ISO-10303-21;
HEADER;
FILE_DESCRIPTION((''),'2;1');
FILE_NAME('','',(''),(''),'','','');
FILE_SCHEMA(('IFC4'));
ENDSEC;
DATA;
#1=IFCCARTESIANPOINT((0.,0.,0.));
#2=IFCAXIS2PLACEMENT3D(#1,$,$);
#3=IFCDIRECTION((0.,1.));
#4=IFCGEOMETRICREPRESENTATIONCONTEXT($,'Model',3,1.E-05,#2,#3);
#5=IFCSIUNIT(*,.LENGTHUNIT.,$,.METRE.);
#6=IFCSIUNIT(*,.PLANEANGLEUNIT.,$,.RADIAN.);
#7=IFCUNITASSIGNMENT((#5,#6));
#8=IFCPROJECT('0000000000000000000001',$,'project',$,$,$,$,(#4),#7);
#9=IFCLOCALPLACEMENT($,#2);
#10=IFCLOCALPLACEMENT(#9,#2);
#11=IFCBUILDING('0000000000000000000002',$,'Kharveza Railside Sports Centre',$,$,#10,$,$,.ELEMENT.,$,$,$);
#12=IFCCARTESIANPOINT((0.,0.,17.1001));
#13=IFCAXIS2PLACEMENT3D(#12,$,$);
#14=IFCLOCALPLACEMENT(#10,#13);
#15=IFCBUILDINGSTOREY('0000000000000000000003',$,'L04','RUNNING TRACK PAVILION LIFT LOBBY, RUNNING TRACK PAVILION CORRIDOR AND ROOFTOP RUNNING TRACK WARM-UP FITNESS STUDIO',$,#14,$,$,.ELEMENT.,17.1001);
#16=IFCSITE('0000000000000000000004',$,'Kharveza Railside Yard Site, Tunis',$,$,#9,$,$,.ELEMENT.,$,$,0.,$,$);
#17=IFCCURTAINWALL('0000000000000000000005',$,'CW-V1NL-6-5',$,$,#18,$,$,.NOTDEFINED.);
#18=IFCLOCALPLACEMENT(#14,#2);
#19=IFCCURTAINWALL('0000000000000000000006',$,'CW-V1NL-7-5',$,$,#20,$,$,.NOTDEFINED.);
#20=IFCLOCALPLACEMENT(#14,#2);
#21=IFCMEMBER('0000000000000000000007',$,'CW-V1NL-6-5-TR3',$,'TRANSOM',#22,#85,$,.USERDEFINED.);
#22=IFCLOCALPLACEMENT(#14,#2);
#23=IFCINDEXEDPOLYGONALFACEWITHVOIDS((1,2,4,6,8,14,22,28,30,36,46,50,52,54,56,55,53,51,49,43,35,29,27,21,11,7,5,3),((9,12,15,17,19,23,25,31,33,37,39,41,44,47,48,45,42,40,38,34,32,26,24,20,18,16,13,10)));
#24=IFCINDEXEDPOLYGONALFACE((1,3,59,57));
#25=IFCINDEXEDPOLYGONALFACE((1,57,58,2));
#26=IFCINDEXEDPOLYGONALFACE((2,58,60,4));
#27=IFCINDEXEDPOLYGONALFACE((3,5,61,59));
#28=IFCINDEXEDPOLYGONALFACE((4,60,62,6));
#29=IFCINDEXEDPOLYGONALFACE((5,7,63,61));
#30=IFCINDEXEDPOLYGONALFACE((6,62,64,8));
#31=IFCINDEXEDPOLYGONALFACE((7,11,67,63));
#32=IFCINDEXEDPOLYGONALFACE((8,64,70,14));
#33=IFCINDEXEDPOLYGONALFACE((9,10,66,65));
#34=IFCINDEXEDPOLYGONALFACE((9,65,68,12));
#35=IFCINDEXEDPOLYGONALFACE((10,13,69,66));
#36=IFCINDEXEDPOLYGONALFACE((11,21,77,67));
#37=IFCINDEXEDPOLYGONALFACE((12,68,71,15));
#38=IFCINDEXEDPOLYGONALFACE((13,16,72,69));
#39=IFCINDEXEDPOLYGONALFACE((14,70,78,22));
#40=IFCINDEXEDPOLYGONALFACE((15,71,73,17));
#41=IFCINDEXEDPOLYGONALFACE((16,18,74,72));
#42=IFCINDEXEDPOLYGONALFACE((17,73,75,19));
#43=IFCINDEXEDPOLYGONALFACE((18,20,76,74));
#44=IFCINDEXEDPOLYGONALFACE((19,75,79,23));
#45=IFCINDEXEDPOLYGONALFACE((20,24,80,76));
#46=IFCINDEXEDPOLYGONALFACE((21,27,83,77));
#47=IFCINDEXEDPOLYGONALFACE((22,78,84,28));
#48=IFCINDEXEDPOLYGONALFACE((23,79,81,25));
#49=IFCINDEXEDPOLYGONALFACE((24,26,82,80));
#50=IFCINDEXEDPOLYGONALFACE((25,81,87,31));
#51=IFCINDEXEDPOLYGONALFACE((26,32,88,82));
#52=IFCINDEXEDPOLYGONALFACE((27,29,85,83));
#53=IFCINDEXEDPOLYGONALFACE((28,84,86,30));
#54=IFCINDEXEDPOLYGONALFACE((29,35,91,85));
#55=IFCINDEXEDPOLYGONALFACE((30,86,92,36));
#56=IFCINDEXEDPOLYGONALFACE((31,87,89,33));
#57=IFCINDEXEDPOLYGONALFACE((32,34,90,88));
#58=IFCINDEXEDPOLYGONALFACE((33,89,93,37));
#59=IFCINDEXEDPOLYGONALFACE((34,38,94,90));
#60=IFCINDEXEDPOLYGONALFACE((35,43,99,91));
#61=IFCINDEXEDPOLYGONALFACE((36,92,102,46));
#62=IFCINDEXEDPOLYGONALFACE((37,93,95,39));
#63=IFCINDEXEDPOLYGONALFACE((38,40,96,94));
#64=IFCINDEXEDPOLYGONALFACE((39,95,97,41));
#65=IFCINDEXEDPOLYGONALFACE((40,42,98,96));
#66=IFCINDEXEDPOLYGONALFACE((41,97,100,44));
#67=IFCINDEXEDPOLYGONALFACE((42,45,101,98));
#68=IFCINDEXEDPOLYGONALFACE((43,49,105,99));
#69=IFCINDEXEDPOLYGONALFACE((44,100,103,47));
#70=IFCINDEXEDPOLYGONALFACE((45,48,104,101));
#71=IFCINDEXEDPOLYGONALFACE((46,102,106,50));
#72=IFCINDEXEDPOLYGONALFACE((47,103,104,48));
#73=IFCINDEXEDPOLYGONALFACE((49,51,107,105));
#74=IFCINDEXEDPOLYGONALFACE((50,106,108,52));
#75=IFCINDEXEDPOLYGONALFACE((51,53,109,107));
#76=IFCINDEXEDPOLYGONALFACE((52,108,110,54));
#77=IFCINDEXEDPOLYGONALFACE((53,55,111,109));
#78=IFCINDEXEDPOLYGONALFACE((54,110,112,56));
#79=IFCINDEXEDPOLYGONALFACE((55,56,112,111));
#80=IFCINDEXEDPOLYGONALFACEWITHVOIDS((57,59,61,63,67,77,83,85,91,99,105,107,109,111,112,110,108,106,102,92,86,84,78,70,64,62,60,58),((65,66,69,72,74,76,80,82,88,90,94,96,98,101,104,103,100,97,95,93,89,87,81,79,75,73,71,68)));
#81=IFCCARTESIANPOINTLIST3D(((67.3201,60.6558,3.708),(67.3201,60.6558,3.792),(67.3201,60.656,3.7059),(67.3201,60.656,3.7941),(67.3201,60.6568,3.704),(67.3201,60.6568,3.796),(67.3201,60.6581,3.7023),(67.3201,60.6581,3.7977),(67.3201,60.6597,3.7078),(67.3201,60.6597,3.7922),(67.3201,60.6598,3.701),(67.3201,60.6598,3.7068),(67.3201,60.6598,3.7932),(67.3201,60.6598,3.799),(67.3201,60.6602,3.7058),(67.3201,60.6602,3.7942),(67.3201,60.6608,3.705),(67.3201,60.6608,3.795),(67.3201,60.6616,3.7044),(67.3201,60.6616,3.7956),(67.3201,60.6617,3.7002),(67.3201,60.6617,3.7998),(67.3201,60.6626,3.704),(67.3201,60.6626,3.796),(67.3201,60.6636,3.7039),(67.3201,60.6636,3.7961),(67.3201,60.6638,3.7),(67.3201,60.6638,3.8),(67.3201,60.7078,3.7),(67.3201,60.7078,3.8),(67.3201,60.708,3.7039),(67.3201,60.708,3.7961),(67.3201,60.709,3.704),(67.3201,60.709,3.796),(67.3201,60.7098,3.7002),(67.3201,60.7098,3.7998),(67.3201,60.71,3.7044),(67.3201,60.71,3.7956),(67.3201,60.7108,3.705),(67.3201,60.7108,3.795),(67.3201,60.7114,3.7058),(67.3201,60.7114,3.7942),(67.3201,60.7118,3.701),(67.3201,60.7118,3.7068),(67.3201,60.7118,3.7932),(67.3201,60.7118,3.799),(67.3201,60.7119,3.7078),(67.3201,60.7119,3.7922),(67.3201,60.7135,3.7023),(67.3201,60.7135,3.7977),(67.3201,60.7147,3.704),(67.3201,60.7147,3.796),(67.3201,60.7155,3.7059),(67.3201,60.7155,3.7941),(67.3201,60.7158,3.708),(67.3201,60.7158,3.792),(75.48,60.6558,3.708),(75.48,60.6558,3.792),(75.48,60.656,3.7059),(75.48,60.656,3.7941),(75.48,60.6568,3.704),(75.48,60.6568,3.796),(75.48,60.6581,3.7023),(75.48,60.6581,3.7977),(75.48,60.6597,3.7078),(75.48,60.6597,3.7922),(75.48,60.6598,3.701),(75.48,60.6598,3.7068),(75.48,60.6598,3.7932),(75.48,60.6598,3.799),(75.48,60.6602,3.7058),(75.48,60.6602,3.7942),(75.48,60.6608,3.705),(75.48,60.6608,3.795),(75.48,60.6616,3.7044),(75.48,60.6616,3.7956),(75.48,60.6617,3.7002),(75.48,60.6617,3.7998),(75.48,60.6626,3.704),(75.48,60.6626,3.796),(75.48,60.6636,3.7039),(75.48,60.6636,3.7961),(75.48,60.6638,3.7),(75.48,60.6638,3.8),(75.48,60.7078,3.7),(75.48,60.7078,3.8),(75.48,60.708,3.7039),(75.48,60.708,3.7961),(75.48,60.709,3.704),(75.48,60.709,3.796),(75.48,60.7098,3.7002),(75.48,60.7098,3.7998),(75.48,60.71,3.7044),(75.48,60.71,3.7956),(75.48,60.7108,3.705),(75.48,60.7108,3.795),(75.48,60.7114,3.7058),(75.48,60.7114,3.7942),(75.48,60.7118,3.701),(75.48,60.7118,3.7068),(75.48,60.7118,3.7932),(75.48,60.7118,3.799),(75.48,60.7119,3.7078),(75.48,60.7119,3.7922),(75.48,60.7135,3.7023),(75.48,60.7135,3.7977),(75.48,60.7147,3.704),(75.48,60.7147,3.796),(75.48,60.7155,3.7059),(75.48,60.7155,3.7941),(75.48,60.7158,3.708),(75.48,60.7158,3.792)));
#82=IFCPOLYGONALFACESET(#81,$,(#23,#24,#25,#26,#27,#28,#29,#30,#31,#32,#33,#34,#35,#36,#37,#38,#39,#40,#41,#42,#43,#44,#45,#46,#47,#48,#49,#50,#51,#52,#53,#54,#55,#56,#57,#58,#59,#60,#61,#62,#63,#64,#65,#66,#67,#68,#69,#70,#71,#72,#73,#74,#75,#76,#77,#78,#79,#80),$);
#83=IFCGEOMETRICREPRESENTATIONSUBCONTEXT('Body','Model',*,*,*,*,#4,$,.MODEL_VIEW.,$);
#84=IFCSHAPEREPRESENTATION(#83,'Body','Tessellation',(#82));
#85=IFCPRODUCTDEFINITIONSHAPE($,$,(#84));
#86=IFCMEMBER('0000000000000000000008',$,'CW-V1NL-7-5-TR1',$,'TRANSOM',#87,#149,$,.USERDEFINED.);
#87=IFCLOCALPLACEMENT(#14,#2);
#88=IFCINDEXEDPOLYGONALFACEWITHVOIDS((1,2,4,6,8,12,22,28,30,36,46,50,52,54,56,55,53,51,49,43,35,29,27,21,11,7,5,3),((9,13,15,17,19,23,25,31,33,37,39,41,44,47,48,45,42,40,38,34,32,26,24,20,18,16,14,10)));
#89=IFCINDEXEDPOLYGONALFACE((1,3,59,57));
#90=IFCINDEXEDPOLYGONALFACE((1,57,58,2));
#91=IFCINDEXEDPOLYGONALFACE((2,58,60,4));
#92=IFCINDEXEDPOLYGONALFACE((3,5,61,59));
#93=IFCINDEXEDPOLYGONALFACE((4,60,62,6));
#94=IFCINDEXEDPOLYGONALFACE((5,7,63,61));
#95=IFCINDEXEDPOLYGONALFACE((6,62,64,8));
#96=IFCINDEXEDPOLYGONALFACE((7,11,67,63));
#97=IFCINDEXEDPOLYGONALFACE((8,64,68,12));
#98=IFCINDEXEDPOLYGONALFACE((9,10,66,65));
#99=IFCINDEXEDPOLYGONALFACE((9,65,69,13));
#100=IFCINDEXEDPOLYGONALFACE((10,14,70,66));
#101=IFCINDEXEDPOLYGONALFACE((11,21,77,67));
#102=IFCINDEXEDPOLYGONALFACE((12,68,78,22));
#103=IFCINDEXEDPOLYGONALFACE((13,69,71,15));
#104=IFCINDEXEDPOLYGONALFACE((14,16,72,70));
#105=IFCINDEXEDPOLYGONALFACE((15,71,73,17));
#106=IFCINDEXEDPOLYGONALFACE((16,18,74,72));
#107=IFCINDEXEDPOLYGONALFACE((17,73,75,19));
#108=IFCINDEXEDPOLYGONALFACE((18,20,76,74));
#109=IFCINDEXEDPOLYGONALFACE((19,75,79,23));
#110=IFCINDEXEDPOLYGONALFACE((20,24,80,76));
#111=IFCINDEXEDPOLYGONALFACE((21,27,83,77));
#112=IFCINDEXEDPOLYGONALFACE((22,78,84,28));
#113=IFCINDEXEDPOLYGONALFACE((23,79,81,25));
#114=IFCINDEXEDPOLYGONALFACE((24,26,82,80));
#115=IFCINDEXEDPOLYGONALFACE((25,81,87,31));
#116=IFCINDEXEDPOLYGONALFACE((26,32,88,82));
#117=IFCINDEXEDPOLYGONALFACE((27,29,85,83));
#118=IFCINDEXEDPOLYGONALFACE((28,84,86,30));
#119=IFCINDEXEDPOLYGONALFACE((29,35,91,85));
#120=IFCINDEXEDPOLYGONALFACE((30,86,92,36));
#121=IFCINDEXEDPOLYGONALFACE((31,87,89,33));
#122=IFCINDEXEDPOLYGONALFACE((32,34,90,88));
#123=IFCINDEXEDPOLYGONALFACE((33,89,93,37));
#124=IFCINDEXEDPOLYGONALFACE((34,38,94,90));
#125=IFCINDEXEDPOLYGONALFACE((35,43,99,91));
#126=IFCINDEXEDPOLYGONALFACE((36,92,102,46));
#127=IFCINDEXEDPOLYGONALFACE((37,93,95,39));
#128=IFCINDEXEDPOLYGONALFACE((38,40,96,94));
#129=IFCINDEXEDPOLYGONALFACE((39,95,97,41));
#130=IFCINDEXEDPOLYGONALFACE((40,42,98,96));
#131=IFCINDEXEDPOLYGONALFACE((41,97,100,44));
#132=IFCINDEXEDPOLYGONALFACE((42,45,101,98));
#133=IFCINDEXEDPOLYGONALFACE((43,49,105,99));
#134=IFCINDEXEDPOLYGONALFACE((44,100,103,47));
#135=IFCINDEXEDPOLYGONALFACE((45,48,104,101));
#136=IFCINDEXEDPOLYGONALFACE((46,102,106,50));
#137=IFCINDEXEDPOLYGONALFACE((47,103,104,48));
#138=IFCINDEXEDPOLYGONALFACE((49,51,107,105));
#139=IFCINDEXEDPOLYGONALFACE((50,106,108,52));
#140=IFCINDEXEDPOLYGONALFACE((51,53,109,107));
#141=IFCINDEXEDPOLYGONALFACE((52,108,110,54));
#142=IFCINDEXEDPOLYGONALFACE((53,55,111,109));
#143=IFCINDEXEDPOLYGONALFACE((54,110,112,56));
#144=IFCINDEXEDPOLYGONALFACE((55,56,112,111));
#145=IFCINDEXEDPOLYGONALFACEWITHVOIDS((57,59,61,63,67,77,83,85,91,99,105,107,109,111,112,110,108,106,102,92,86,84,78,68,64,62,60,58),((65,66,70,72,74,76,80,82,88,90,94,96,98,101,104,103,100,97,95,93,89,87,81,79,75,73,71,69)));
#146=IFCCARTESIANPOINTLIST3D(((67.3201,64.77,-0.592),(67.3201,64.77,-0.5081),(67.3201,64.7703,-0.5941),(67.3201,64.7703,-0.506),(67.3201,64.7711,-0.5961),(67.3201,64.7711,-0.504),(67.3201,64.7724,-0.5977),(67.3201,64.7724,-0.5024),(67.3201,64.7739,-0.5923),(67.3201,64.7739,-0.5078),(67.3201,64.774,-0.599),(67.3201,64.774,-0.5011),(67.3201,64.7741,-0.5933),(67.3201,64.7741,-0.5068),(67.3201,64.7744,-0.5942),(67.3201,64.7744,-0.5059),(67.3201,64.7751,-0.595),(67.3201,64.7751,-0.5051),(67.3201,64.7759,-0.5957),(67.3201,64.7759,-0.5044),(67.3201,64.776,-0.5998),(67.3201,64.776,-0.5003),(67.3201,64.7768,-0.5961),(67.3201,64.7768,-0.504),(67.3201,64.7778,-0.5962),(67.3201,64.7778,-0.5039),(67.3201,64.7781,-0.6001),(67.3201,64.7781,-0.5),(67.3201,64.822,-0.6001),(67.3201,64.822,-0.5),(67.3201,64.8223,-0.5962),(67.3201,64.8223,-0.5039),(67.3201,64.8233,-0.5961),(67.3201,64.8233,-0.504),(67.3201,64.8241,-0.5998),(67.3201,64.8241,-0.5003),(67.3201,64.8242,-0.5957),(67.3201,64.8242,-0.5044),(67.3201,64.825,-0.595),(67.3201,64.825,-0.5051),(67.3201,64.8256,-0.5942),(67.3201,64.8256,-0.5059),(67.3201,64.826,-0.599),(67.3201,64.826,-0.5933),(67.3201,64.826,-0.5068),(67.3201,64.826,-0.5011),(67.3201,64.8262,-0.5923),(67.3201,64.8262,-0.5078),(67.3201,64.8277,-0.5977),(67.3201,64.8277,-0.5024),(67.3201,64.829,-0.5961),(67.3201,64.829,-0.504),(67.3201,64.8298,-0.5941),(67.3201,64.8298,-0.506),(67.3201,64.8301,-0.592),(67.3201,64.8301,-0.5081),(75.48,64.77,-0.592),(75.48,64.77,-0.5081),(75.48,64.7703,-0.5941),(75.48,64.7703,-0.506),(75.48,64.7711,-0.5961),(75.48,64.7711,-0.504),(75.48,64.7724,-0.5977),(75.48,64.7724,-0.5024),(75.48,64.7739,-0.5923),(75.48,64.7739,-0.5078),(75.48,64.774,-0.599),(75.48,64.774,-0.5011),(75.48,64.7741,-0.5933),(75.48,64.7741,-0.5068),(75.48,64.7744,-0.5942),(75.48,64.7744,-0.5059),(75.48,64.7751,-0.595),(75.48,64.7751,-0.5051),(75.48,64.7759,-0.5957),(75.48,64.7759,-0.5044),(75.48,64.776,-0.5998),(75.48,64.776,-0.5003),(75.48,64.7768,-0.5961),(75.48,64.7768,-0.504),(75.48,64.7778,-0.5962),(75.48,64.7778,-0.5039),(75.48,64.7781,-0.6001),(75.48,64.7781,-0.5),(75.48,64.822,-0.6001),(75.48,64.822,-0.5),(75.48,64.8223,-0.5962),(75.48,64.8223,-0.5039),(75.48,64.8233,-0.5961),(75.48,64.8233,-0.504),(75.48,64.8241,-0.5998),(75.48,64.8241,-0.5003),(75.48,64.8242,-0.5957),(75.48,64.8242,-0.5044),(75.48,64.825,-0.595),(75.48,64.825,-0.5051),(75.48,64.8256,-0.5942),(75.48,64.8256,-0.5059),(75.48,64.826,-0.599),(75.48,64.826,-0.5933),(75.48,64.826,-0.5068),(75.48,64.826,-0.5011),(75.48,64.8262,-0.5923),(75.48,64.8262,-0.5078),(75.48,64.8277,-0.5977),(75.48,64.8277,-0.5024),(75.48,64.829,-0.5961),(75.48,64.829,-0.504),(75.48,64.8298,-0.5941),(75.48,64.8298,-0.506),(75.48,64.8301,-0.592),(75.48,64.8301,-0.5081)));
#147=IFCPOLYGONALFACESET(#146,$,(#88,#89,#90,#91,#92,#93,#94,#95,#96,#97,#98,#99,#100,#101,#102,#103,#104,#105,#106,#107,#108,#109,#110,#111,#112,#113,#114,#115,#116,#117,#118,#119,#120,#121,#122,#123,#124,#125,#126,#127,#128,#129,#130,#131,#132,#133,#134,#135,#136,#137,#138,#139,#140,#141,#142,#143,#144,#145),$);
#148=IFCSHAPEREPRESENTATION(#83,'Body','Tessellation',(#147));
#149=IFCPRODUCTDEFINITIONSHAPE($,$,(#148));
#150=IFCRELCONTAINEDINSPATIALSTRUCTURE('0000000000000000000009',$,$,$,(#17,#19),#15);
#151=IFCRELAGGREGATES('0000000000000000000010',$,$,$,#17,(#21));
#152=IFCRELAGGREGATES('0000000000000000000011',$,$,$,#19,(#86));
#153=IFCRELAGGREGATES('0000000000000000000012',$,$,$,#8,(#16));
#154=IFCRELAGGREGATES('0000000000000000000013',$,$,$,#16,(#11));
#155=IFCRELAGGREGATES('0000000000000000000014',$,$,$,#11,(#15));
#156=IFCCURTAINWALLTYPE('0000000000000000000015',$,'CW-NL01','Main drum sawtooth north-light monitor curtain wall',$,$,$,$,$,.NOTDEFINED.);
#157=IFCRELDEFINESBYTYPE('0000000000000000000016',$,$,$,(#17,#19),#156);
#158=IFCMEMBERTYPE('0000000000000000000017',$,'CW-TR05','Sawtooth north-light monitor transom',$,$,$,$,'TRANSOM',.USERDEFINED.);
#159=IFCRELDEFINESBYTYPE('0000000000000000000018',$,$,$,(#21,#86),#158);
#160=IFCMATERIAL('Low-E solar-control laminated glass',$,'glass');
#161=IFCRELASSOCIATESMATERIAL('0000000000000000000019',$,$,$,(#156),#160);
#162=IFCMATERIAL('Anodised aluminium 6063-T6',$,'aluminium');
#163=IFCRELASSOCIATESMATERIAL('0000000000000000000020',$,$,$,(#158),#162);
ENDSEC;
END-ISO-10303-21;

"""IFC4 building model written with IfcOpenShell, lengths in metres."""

from ifc_helpers import new_model, si_unit, direction, frame, origin, origin_2d, place, context, subcontext, project, spatial, hollow_rectangle, extrude, material, material_profile, profile_set, type_object, element, aggregate, save


model = new_model("IFC4")

# Units and contexts
model_context = context("Model", 3, precision=1e-05, world=origin(), true_north=direction((0.0, 1.0)))
body_context = subcontext(model_context, "Body", "Model", "MODEL_VIEW")
ifc_project = project(units=[si_unit("LENGTHUNIT", "METRE"), si_unit("PLANEANGLEUNIT", "RADIAN")], contexts=[model_context])

# Site, building, storey
site_placement = place(None, origin())
site = spatial("IfcSite", under=ifc_project, at=site_placement, Name="Kharveza Railside Yard Site, Tunis", CompositionType="ELEMENT", RefElevation=0.0)
building_placement = place(site_placement, origin())
building = spatial("IfcBuilding", under=site, at=building_placement, Name="Kharveza Railside Sports Centre", CompositionType="ELEMENT")
storey_placement = place(building_placement, frame((0.0, 0.0, 17.1001)))
storey = spatial("IfcBuildingStorey", under=building, at=storey_placement, Name="L04", Description="RUNNING TRACK PAVILION LIFT LOBBY, RUNNING TRACK PAVILION CORRIDOR AND ROOFTOP RUNNING TRACK WARM-UP FITNESS STUDIO", CompositionType="ELEMENT", Elevation=17.1001)

# Shared definitions
ifc_material_1 = material(Name="Low-E solar-control laminated glass", Category="glass")
curtain_wall_type = type_object("IfcCurtainWallType", Name="CW-NL01", Description="Main drum sawtooth north-light monitor curtain wall", PredefinedType="NOTDEFINED", material=ifc_material_1)
ifc_material_2 = material(Name="Anodised aluminium 6063-T6", Category="aluminium")

# Curtain walls
curtain_wall_1_placement = place(storey_placement, origin())
curtain_wall_1 = element("IfcCurtainWall", 1, at=curtain_wall_1_placement, inside=storey, type_object=curtain_wall_type, Name="CW-V1NL-6-5", PredefinedType="NOTDEFINED")
curtain_wall_2_placement = place(storey_placement, origin())
curtain_wall_2 = element("IfcCurtainWall", 2, at=curtain_wall_2_placement, inside=storey, type_object=curtain_wall_type, Name="CW-V1NL-7-5", PredefinedType="NOTDEFINED")

# Members
ifc_material_profile_1 = material_profile(ifc_material_2, hollow_rectangle(XDim=0.0601, YDim=0.1001, WallThickness=0.0039, InnerFilletRadius=0.0039, OuterFilletRadius=0.0081, at=origin_2d()), Name="RHS 60x100x4.0")
ifc_profile_set_1 = profile_set([ifc_material_profile_1], Name="Anodised aluminium 6063-T6")
member_type_1 = type_object("IfcMemberType", Name="CW-TR05", Description="Sawtooth north-light monitor transom", ElementType="TRANSOM", PredefinedType="USERDEFINED", material=ifc_profile_set_1)
member_1_placement = place(storey_placement, frame((67.3201, 60.6858, 3.75), z_axis=(1.0, 0.0, 0.0), x_axis=(0.0, 1.0, 0.0)))
member_1 = element("IfcMember", 3, at=member_1_placement, type_object=member_type_1, Name="CW-V1NL-6-5-TR3", ObjectType="TRANSOM", PredefinedType="USERDEFINED", context=body_context, shape_type="SweptSolid", body=[
    extrude(hollow_rectangle(XDim=0.0601, YDim=0.1001, WallThickness=0.0039, InnerFilletRadius=0.0039, OuterFilletRadius=0.0081, at=origin_2d()), origin(), (0.0, 0.0, 1.0), 8.1599),
])
member_2_placement = place(storey_placement, frame((67.3201, 64.8, -0.55), z_axis=(1.0, 0.0, 0.0), x_axis=(0.0, 1.0, 0.0)))
member_2 = element("IfcMember", 4, at=member_2_placement, type_object=member_type_1, Name="CW-V1NL-7-5-TR1", ObjectType="TRANSOM", PredefinedType="USERDEFINED", context=body_context, shape_type="SweptSolid", body=[
    extrude(hollow_rectangle(XDim=0.0601, YDim=0.1001, WallThickness=0.0039, InnerFilletRadius=0.0039, OuterFilletRadius=0.0081, at=origin_2d()), origin(), (0.0, 0.0, 1.0), 8.1599),
])

aggregate(curtain_wall_1, [member_1])
aggregate(curtain_wall_2, [member_2])

save(model, "model.ifc")
